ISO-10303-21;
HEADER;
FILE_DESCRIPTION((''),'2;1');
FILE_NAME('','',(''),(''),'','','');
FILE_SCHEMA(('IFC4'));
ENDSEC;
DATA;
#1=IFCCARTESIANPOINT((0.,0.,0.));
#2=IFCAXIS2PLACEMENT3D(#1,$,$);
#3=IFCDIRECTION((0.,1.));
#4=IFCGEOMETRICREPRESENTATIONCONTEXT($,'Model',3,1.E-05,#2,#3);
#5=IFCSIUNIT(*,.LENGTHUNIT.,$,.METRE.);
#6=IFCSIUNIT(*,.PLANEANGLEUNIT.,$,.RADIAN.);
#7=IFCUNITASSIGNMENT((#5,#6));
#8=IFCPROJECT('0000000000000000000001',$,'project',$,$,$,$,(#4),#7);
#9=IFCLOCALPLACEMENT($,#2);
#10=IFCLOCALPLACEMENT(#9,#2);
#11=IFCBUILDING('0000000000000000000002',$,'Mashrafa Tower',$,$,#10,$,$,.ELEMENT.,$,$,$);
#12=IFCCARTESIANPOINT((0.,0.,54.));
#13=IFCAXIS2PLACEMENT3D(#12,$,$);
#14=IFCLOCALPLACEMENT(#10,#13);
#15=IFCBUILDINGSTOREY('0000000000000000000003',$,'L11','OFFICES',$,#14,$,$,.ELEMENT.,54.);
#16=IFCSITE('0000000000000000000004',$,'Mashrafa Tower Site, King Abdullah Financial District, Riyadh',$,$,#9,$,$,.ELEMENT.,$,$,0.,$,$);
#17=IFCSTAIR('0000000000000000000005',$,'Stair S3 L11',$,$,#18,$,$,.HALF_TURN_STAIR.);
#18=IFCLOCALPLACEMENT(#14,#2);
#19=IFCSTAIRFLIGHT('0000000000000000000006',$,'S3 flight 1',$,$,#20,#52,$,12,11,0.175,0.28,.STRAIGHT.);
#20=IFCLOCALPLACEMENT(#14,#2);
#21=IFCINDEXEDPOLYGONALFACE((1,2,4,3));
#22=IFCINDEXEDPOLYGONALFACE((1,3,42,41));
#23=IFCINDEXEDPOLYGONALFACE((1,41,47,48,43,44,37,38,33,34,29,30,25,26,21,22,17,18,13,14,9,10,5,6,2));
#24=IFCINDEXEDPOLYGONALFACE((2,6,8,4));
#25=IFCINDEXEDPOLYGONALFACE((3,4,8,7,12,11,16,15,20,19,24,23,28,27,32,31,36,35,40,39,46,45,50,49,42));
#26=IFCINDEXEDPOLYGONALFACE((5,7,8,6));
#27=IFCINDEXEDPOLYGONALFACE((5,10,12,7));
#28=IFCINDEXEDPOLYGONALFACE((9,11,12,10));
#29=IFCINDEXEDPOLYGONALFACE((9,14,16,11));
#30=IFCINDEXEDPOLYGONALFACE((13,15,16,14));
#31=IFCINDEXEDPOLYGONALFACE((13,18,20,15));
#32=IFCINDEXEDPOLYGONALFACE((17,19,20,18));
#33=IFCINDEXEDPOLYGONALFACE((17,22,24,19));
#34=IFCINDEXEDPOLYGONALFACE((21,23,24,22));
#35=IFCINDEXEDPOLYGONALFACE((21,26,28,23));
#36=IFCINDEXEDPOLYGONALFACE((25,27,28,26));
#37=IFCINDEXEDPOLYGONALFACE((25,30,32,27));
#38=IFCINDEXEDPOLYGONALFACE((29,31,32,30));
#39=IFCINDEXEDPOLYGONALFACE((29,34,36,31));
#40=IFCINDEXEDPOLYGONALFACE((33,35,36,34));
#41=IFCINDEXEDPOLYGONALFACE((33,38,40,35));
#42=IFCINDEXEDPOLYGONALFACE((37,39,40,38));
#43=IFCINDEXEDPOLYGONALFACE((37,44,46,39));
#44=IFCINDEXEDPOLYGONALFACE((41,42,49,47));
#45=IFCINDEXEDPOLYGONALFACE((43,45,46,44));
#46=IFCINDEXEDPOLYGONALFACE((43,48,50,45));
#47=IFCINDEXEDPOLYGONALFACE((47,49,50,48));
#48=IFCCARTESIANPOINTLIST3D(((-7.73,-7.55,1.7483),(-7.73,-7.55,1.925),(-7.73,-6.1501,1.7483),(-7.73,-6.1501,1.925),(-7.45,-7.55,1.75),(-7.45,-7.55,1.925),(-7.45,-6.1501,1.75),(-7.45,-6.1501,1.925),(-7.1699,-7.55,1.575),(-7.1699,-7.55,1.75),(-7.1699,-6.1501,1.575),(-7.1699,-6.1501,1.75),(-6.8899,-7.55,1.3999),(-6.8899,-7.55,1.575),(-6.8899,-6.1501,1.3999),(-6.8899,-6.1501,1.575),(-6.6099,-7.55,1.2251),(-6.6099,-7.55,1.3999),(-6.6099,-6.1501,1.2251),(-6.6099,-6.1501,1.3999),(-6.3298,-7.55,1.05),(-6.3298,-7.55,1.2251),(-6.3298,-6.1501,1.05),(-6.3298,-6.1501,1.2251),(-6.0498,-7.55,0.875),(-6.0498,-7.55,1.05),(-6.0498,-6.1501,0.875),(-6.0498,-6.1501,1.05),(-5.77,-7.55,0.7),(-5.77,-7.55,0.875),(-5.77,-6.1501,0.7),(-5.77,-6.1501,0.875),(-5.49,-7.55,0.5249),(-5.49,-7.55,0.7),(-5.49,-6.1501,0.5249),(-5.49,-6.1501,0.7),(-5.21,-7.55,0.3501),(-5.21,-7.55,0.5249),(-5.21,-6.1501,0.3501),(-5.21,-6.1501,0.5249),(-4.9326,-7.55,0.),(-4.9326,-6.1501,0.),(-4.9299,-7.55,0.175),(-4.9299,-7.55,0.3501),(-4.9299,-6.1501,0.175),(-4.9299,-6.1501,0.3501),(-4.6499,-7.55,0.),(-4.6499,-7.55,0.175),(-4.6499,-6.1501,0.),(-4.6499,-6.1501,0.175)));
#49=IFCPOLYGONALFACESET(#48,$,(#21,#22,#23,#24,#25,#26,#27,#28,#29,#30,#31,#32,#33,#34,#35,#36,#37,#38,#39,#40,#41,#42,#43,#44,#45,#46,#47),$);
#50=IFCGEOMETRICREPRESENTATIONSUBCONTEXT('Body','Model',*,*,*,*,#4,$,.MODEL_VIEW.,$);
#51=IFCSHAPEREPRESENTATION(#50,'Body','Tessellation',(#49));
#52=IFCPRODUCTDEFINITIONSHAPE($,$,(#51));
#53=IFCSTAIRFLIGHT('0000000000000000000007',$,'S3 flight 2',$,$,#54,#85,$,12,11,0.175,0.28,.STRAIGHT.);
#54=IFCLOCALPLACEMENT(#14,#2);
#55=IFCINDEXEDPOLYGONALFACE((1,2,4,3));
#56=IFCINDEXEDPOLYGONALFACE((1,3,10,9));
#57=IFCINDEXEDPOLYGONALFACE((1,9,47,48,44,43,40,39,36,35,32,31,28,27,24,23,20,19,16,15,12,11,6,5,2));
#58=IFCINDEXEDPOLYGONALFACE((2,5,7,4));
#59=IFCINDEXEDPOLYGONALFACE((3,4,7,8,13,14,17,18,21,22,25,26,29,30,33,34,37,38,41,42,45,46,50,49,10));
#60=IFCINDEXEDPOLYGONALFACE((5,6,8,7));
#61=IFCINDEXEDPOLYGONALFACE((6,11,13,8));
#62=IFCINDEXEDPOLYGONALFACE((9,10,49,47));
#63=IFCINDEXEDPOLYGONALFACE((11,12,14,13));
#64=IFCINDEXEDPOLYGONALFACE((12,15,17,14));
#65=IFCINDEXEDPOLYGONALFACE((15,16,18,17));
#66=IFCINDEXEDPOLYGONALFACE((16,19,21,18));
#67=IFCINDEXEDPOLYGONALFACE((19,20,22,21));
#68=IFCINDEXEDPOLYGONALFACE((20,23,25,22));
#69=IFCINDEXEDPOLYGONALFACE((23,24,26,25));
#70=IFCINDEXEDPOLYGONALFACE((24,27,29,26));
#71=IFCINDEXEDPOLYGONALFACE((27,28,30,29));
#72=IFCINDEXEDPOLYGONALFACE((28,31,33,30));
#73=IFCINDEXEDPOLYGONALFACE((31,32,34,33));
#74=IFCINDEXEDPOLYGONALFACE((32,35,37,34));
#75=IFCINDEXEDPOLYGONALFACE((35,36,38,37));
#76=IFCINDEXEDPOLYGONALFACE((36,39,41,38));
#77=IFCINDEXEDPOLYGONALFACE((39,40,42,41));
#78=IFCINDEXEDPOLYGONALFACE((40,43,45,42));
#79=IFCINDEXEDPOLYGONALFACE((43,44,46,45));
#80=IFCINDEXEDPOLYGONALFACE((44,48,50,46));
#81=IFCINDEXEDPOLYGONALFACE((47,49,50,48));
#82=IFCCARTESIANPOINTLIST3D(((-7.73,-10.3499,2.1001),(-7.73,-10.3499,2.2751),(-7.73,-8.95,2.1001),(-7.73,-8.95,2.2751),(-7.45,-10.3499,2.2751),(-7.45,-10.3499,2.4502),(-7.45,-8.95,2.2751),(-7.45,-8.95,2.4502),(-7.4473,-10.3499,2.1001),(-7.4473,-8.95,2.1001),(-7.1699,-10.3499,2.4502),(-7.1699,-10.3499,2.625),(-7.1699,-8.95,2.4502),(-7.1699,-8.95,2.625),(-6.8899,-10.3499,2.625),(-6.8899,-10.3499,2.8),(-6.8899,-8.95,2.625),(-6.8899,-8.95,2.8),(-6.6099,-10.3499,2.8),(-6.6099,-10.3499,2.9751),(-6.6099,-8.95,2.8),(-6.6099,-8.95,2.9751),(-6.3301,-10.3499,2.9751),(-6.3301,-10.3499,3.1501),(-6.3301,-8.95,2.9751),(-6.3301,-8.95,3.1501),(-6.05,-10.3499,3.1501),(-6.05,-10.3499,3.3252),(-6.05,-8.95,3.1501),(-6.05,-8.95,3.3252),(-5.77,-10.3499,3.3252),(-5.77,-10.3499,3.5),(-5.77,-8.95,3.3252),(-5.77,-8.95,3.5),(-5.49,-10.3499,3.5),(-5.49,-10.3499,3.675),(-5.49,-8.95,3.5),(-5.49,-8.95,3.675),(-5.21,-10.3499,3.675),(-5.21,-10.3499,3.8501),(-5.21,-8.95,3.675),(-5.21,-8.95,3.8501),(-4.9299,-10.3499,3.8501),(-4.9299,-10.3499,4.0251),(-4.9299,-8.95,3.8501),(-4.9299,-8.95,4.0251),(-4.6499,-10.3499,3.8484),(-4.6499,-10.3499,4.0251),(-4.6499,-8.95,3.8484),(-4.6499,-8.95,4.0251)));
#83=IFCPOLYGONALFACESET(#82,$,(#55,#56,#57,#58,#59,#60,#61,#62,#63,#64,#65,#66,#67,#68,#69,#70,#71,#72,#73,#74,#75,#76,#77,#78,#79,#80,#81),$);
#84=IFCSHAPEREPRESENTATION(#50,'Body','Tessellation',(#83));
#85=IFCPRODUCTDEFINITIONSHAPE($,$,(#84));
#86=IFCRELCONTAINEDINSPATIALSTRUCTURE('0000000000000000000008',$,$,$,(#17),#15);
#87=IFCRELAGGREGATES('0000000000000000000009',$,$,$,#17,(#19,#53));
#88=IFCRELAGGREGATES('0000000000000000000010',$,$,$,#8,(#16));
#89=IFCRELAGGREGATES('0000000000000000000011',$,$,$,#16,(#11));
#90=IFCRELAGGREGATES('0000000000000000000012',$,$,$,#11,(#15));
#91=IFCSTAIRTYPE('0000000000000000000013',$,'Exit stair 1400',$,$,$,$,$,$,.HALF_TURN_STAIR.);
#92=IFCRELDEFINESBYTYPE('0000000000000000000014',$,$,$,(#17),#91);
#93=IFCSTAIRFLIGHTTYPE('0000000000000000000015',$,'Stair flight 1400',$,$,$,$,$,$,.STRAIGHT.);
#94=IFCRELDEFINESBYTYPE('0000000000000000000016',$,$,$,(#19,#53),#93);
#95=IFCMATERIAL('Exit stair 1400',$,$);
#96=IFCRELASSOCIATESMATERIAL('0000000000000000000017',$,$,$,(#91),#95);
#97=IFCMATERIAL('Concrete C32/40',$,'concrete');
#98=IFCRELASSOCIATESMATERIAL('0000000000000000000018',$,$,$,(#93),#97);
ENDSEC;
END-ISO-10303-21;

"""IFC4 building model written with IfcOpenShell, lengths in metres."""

from ifc_helpers import new_model, si_unit, direction, frame, origin, place, context, subcontext, project, spatial, polyline, outline, extrude, material, type_object, element, aggregate, save


model = new_model("IFC4")

# Units and contexts
model_context = context("Model", 3, precision=1e-05, world=origin(), true_north=direction((0.0, 1.0)))
body_context = subcontext(model_context, "Body", "Model", "MODEL_VIEW")
ifc_project = project(units=[si_unit("LENGTHUNIT", "METRE"), si_unit("PLANEANGLEUNIT", "RADIAN")], contexts=[model_context])

# Site, building, storey
site_placement = place(None, origin())
site = spatial("IfcSite", under=ifc_project, at=site_placement, Name="Mashrafa Tower Site, King Abdullah Financial District, Riyadh", CompositionType="ELEMENT", RefElevation=0.0)
building_placement = place(site_placement, origin())
building = spatial("IfcBuilding", under=site, at=building_placement, Name="Mashrafa Tower", CompositionType="ELEMENT")
storey_placement = place(building_placement, frame((0.0, 0.0, 54.0)))
storey = spatial("IfcBuildingStorey", under=building, at=storey_placement, Name="L11", Description="OFFICES", CompositionType="ELEMENT", Elevation=54.0)

# Stair, stair flights
ifc_material_1 = material(Name="Exit stair 1400")
stair_type = type_object("IfcStairType", Name="Exit stair 1400", PredefinedType="HALF_TURN_STAIR", material=ifc_material_1)
stair_placement = place(storey_placement, origin())
stair = element("IfcStair", 1, at=stair_placement, inside=storey, type_object=stair_type, Name="Stair S3 L11", PredefinedType="HALF_TURN_STAIR")
ifc_material_2 = material(Name="Concrete C32/40", Category="concrete")
stair_flight_type = type_object("IfcStairFlightType", Name="Stair flight 1400", PredefinedType="STRAIGHT", material=ifc_material_2)
stair_flight_1_placement = place(storey_placement, frame((-4.6499, -6.8501, 0.0), z_axis=(0.0, 0.0, 1.0), x_axis=(-1.0, 0.0, 0.0)))
stair_flight_1 = element("IfcStairFlight", 2, at=stair_flight_1_placement, type_object=stair_flight_type, Name="S3 flight 1", NumberOfRisers=12, NumberOfTreads=11, PredefinedType="STRAIGHT", RiserHeight=0.175, TreadLength=0.28, context=body_context, shape_type="SweptSolid", body=[
    extrude(outline(polyline([(0.0, 0.0), (0.0, 0.175), (0.28, 0.175), (0.28, 0.3501), (0.5601, 0.3501), (0.5601, 0.5249), (0.8401, 0.5249), (0.8401, 0.7), (1.1201, 0.7), (1.1201, 0.875), (1.3999, 0.875), (1.3999, 1.05), (1.6799, 1.05), (1.6799, 1.2251), (1.96, 1.2251), (1.96, 1.3999), (2.24, 1.3999), (2.24, 1.575), (2.52, 1.575), (2.52, 1.75), (2.8, 1.75), (2.8, 1.925), (3.0801, 1.925), (3.0801, 2.1001), (3.0801, 1.7483), (0.2827, 0.0), (0.0, 0.0)])), frame((0.0, 0.7, 0.0), z_axis=(0.0, -1.0, 0.0), x_axis=(1.0, 0.0, 0.0)), (0.0, 0.0, 1.0), 1.3999),
])
stair_flight_2_placement = place(storey_placement, frame((-7.73, -9.6499, 2.1001), z_axis=(0.0, 0.0, 1.0), x_axis=(1.0, 0.0, 0.0)))
stair_flight_2 = element("IfcStairFlight", 3, at=stair_flight_2_placement, type_object=stair_flight_type, Name="S3 flight 2", NumberOfRisers=12, NumberOfTreads=11, PredefinedType="STRAIGHT", RiserHeight=0.175, TreadLength=0.28, context=body_context, shape_type="SweptSolid", body=[
    extrude(outline(polyline([(0.0, 0.0), (0.0, 0.175), (0.28, 0.175), (0.28, 0.3501), (0.5601, 0.3501), (0.5601, 0.5249), (0.8401, 0.5249), (0.8401, 0.7), (1.1201, 0.7), (1.1201, 0.875), (1.3999, 0.875), (1.3999, 1.05), (1.6799, 1.05), (1.6799, 1.2251), (1.96, 1.2251), (1.96, 1.3999), (2.24, 1.3999), (2.24, 1.575), (2.52, 1.575), (2.52, 1.75), (2.8, 1.75), (2.8, 1.925), (3.0801, 1.925), (3.0801, 2.1001), (3.0801, 1.7483), (0.2827, 0.0), (0.0, 0.0)])), frame((0.0, 0.7, 0.0), z_axis=(0.0, -1.0, 0.0), x_axis=(1.0, 0.0, 0.0)), (0.0, 0.0, 1.0), 1.3999),
])
aggregate(stair, [stair_flight_1, stair_flight_2])

save(model, "model.ifc")
